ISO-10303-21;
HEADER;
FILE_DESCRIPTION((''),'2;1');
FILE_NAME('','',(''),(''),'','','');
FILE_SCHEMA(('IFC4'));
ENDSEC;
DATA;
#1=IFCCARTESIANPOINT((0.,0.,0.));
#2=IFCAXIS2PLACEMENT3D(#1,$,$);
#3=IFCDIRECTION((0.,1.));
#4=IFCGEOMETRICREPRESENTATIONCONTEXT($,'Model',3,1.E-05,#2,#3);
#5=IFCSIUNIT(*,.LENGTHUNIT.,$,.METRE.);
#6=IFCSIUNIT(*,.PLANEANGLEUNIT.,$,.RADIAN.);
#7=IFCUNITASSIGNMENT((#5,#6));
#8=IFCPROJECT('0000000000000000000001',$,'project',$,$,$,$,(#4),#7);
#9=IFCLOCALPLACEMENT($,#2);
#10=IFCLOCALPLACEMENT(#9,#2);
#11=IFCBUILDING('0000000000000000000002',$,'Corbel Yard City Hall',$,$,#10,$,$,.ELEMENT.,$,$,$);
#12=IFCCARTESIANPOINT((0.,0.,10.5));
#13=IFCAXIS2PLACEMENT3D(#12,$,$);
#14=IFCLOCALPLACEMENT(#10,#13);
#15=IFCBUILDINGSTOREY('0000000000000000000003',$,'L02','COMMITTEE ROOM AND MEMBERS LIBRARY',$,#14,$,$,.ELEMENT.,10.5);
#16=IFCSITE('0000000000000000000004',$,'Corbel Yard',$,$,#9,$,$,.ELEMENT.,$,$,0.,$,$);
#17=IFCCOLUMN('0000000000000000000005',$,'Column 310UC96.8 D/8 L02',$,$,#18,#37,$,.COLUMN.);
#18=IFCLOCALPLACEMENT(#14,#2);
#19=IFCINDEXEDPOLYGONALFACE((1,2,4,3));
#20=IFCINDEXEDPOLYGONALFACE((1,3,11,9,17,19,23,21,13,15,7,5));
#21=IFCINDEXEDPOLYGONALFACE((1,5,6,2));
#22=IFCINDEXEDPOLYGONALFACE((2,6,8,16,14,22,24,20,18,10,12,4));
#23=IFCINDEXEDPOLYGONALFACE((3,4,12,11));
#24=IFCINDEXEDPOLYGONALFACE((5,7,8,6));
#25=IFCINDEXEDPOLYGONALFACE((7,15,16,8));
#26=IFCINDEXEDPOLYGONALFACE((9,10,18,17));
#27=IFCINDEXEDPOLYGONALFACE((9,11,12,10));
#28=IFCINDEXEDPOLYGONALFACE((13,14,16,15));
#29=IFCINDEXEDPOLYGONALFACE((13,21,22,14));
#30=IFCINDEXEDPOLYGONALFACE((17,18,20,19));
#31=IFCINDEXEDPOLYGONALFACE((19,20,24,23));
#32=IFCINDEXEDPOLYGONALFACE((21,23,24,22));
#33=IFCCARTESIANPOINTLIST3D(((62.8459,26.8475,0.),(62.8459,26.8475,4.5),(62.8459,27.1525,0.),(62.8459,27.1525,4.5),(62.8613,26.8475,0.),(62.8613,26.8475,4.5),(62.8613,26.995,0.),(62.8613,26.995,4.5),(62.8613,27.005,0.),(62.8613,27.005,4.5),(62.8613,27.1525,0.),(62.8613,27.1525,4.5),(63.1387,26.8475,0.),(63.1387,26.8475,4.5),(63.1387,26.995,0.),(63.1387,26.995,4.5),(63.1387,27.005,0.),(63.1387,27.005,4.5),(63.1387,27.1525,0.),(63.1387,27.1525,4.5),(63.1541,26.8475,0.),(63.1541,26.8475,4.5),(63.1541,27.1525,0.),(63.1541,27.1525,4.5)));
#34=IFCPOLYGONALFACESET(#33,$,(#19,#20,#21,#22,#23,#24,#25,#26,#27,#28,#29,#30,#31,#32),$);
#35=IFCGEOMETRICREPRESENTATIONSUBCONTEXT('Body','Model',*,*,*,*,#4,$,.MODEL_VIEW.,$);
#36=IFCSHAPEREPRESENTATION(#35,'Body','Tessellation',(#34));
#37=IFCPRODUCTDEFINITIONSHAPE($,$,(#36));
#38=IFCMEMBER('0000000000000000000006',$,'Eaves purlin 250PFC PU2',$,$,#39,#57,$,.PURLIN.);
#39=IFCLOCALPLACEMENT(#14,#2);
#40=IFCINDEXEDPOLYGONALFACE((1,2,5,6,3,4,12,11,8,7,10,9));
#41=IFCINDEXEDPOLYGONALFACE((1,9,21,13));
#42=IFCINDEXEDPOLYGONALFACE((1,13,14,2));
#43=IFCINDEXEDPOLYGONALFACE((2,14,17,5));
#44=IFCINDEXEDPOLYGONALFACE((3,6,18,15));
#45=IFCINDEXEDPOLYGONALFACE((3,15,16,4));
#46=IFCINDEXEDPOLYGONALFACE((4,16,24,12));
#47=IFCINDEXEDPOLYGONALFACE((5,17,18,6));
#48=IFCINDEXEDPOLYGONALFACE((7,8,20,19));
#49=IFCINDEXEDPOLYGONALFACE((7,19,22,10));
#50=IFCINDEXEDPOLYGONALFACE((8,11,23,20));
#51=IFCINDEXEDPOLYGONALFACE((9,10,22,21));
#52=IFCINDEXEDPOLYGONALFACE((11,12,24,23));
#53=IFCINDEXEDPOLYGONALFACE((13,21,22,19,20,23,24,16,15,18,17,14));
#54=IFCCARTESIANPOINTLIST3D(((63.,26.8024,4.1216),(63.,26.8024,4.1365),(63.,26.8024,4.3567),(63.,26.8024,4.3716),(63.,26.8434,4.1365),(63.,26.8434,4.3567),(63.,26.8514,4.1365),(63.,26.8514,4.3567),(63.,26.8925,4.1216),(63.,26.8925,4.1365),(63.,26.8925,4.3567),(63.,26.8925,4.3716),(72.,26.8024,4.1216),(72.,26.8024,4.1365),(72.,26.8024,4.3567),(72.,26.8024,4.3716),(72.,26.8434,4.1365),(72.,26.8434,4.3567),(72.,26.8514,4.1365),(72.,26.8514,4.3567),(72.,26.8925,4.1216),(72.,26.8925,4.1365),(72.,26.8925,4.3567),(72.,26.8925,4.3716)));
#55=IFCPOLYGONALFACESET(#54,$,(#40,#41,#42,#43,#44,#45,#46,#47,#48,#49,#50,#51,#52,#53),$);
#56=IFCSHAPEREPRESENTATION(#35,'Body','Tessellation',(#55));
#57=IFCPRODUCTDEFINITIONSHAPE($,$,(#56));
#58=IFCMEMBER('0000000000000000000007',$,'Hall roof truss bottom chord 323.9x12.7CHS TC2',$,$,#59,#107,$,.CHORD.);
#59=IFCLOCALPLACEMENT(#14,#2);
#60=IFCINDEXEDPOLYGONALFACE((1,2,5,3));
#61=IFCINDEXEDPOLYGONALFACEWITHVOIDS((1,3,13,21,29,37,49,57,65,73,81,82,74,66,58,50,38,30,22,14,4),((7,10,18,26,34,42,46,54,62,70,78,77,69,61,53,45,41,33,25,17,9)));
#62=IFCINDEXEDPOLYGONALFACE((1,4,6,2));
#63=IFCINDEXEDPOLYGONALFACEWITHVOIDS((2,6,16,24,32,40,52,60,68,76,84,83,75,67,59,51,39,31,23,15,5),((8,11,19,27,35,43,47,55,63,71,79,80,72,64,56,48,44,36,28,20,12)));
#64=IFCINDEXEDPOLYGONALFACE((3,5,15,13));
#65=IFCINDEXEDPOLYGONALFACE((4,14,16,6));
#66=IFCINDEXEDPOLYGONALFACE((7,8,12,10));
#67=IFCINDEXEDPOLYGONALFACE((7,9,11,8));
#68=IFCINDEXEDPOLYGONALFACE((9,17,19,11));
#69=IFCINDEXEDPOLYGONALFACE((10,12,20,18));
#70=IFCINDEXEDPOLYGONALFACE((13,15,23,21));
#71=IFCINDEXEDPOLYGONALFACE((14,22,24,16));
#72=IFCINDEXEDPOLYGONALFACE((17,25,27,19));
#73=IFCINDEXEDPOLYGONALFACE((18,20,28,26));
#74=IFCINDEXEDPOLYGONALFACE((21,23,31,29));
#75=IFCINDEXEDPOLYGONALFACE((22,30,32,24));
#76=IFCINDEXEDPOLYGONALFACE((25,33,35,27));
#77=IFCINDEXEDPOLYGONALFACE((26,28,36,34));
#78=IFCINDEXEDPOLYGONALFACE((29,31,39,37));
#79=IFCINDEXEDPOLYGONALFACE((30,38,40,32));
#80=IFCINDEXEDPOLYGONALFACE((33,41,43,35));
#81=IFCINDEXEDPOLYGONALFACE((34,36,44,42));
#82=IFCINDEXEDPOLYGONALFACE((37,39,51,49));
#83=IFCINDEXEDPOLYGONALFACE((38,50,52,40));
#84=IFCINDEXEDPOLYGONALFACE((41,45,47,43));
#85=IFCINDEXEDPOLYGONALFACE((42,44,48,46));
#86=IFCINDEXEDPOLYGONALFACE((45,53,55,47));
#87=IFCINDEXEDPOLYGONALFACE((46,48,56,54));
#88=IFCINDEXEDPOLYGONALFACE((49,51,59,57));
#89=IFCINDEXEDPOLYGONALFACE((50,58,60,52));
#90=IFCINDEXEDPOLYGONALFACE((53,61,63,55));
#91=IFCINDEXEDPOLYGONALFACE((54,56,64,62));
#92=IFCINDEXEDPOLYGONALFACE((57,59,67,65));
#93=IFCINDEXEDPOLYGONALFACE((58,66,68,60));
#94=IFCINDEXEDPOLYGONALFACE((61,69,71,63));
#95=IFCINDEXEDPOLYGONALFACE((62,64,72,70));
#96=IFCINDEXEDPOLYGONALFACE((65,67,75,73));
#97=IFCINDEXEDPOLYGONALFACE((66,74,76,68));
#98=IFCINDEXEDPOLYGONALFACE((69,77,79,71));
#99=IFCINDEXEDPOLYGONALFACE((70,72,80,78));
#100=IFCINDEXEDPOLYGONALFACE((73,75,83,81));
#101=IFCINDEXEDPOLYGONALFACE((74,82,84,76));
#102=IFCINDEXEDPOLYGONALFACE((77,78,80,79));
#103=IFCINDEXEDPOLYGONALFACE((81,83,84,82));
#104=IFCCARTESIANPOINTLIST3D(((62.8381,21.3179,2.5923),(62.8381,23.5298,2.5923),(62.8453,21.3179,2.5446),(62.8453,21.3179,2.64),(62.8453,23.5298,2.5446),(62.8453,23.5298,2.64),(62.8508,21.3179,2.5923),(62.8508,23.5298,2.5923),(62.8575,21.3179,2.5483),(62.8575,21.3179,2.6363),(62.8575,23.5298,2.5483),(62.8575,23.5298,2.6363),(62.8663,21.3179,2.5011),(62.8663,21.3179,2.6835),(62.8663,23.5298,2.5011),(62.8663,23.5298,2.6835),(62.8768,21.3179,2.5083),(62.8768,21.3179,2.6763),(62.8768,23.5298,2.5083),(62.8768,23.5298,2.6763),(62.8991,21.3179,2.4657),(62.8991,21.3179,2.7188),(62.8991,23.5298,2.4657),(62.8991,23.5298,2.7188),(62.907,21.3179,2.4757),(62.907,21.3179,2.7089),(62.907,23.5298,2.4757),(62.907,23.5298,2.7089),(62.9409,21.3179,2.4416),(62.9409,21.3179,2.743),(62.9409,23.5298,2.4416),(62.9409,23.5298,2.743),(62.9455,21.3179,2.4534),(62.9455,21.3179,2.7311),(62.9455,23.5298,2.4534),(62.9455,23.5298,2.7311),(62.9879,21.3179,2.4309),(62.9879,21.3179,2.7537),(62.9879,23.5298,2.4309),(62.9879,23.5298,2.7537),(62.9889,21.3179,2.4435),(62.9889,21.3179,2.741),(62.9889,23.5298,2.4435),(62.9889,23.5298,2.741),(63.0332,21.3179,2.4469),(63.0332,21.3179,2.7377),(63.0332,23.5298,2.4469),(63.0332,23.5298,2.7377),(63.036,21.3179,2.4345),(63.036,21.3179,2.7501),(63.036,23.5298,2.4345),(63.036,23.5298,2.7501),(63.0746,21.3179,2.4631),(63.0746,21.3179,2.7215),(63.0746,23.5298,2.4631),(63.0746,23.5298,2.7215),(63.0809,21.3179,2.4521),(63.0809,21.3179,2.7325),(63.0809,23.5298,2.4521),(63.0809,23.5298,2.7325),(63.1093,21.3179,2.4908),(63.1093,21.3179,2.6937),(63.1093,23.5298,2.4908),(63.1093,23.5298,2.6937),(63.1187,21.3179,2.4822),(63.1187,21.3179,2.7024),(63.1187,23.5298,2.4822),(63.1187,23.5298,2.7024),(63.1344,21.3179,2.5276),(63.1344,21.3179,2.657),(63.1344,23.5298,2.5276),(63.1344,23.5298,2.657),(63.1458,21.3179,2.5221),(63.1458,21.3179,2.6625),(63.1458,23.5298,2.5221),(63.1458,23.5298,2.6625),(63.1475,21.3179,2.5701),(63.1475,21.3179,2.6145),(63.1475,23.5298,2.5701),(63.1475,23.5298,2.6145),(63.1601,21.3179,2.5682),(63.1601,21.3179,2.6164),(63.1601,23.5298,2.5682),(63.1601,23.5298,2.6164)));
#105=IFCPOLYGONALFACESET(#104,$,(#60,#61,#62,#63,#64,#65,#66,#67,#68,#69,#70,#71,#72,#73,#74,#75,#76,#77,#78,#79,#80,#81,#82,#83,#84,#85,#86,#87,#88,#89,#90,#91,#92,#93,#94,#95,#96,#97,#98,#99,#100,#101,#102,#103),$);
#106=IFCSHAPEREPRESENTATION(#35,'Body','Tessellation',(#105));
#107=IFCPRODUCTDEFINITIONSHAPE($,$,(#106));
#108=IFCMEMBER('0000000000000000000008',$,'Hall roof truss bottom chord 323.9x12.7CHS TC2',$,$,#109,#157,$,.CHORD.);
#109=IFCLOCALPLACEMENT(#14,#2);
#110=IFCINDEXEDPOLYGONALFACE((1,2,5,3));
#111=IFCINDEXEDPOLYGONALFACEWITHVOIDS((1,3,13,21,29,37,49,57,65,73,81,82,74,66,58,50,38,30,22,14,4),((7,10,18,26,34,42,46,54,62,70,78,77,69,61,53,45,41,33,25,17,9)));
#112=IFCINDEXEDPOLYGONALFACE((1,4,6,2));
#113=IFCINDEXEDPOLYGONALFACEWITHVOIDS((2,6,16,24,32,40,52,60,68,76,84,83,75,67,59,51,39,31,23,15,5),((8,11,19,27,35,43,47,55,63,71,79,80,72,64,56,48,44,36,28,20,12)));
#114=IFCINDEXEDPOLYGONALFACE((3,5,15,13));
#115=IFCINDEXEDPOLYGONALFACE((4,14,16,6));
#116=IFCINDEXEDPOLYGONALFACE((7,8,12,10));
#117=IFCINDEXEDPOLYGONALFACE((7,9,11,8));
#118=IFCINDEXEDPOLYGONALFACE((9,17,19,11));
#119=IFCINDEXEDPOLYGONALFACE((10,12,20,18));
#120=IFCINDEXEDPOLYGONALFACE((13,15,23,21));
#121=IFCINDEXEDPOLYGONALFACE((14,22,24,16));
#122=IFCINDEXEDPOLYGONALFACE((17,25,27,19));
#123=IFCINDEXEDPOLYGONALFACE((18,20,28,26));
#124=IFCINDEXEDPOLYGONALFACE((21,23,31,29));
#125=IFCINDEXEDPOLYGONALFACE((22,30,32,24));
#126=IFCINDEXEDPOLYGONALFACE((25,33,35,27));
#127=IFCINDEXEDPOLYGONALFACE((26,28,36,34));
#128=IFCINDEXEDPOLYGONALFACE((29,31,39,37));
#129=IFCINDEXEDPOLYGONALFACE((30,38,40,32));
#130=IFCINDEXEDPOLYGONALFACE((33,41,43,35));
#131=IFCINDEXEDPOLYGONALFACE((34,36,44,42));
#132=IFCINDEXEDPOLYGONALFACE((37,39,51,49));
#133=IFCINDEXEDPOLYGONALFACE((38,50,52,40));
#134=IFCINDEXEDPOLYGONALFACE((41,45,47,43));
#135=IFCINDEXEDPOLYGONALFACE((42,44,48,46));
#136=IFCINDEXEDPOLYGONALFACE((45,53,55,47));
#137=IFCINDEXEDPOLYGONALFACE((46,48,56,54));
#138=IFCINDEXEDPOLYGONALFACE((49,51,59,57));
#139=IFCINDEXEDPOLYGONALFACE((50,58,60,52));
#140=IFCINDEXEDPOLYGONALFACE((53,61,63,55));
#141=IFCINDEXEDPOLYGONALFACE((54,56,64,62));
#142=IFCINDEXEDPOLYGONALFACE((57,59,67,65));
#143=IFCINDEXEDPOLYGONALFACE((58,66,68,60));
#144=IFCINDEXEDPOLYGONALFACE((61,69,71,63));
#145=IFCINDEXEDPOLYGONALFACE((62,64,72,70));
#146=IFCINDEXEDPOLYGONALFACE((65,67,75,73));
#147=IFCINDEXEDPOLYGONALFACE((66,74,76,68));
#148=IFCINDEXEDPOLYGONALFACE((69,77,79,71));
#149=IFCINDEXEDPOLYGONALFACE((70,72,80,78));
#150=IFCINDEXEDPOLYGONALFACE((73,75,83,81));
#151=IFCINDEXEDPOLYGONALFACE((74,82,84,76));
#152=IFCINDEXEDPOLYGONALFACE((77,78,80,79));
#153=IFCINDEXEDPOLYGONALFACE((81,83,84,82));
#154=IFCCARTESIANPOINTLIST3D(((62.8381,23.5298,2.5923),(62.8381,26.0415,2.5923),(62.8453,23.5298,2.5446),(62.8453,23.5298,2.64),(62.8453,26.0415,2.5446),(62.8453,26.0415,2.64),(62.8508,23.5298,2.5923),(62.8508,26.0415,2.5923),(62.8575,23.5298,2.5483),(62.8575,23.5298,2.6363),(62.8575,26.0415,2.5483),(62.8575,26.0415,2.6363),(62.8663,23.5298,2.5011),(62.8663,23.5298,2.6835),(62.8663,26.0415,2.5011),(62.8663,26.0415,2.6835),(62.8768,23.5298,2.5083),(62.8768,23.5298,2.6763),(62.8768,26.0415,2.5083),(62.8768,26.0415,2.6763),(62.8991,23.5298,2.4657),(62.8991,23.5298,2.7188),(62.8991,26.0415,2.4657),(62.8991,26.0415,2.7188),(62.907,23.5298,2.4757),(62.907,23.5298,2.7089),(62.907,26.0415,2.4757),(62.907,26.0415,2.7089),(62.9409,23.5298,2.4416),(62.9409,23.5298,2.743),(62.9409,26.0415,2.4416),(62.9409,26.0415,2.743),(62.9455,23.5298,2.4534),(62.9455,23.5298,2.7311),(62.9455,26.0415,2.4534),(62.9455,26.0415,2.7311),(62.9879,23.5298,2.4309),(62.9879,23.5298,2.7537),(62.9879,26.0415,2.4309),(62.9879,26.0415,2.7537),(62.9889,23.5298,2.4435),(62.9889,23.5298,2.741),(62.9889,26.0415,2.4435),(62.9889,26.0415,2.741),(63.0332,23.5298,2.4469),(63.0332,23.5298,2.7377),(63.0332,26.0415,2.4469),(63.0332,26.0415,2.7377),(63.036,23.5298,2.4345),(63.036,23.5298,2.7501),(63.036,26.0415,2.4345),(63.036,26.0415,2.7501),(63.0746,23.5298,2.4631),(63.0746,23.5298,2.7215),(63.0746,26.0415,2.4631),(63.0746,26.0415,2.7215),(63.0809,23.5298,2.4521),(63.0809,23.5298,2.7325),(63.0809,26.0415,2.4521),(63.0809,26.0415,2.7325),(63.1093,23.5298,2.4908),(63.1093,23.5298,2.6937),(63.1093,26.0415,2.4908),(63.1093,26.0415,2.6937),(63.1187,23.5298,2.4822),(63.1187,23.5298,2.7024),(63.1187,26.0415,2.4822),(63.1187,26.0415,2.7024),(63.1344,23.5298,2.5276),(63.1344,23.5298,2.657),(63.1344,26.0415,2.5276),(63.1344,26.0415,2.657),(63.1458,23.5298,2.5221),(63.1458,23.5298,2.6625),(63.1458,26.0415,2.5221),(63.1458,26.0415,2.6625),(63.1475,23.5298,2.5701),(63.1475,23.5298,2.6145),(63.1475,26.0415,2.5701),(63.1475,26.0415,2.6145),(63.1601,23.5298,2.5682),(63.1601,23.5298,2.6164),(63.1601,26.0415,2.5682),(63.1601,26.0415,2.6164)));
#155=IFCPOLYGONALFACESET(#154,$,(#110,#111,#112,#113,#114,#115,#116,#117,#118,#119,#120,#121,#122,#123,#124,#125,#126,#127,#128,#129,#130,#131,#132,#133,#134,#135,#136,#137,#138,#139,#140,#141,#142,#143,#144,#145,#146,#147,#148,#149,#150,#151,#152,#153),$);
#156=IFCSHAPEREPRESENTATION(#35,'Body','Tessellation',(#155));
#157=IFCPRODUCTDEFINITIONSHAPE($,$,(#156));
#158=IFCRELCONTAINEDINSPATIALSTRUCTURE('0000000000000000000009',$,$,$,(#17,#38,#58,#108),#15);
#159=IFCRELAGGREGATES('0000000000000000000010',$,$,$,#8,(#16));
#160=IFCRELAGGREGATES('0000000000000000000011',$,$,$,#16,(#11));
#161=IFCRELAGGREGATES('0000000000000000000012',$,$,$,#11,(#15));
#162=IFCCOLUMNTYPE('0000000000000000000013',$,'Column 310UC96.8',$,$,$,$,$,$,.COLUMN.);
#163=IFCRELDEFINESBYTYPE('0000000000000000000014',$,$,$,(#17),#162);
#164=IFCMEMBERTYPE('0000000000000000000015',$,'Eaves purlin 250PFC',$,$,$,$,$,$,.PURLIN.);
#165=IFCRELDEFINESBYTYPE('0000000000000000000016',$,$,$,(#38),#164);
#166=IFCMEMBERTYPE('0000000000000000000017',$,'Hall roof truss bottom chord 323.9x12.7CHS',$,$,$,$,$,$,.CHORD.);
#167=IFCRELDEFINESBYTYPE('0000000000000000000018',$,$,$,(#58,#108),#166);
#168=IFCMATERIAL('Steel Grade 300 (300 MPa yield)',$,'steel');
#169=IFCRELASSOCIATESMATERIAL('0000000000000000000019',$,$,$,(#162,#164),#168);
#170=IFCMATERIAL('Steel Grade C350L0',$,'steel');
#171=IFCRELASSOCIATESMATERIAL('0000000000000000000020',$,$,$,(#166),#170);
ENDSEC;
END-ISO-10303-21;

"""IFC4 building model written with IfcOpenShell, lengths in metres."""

from ifc_helpers import new_model, si_unit, direction, frame, origin, origin_2d, place, context, subcontext, project, spatial, hollow_circle, i_section, extrude, material, material_profile, profile_set, type_object, element, save


model = new_model("IFC4")

# Units and contexts
model_context = context("Model", 3, precision=1e-05, world=origin(), true_north=direction((0.0, 1.0)))
body_context = subcontext(model_context, "Body", "Model", "MODEL_VIEW")
ifc_project = project(units=[si_unit("LENGTHUNIT", "METRE"), si_unit("PLANEANGLEUNIT", "RADIAN")], contexts=[model_context])

# Site, building, storey
site_placement = place(None, origin())
site = spatial("IfcSite", under=ifc_project, at=site_placement, Name="Corbel Yard", CompositionType="ELEMENT", RefElevation=0.0)
building_placement = place(site_placement, origin())
building = spatial("IfcBuilding", under=site, at=building_placement, Name="Corbel Yard City Hall", CompositionType="ELEMENT")
storey_placement = place(building_placement, frame((0.0, 0.0, 10.5)))
storey = spatial("IfcBuildingStorey", under=building, at=storey_placement, Name="L02", Description="COMMITTEE ROOM AND MEMBERS LIBRARY", CompositionType="ELEMENT", Elevation=10.5)

# Column
ifc_material_1 = material(Name="Steel Grade 300 (300 MPa yield)", Category="steel")
ifc_material_profile_1 = material_profile(ifc_material_1, i_section(OverallWidth=0.3049, OverallDepth=0.3081, WebThickness=0.01, FlangeThickness=0.0154, at=origin_2d()), Name="310UC96.8")
ifc_profile_set_1 = profile_set([ifc_material_profile_1], Name="Steel Grade 300 (300 MPa yield)")
column_type = type_object("IfcColumnType", Name="Column 310UC96.8", PredefinedType="COLUMN", material=ifc_profile_set_1)
column_placement = place(storey_placement, frame((63.0, 27.0, 0.0), z_axis=(0.0, 0.0, 1.0), x_axis=(0.0, 1.0, 0.0)))
element("IfcColumn", 1, at=column_placement, inside=storey, type_object=column_type, Name="Column 310UC96.8 D/8 L02", PredefinedType="COLUMN", context=body_context, shape_type="SweptSolid", body=[
    extrude(i_section(OverallWidth=0.3049, OverallDepth=0.3081, WebThickness=0.01, FlangeThickness=0.0154, at=origin_2d()), origin(), (0.0, 0.0, 1.0), 4.5),
])

# Members
ifc_material_profile_2 = material_profile(ifc_material_1, i_section(OverallWidth=0.0901, OverallDepth=0.25, WebThickness=0.0081, FlangeThickness=0.0149, at=origin_2d()), Name="250PFC")
ifc_profile_set_2 = profile_set([ifc_material_profile_2], Name="Steel Grade 300 (300 MPa yield)")
member_type_1 = type_object("IfcMemberType", Name="Eaves purlin 250PFC", PredefinedType="PURLIN", material=ifc_profile_set_2)
member_1_placement = place(storey_placement, frame((63.0, 26.8474, 4.2466), z_axis=(1.0, 0.0, 0.0), x_axis=(0.0, 1.0, 0.0)))
element("IfcMember", 2, at=member_1_placement, inside=storey, type_object=member_type_1, Name="Eaves purlin 250PFC PU2", PredefinedType="PURLIN", context=body_context, shape_type="SweptSolid", body=[
    extrude(i_section(OverallWidth=0.0901, OverallDepth=0.25, WebThickness=0.0081, FlangeThickness=0.0149, at=origin_2d()), origin(), (0.0, 0.0, 1.0), 9.0),
])
ifc_material_2 = material(Name="Steel Grade C350L0", Category="steel")
ifc_material_profile_3 = material_profile(ifc_material_2, hollow_circle(Radius=0.1619, WallThickness=0.0127, at=origin_2d()), Name="323.9x12.7CHS")
ifc_profile_set_3 = profile_set([ifc_material_profile_3], Name="Steel Grade C350L0")
member_type_2 = type_object("IfcMemberType", Name="Hall roof truss bottom chord 323.9x12.7CHS", PredefinedType="CHORD", material=ifc_profile_set_3)
member_2_placement = place(storey_placement, frame((63.0, 21.3179, 2.5923), z_axis=(0.0, 1.0, 0.0), x_axis=(-1.0, 0.0, 0.0)))
element("IfcMember", 3, at=member_2_placement, inside=storey, type_object=member_type_2, Name="Hall roof truss bottom chord 323.9x12.7CHS TC2", PredefinedType="CHORD", context=body_context, shape_type="SweptSolid", body=[
    extrude(hollow_circle(Radius=0.1619, WallThickness=0.0127, at=origin_2d()), origin(), (0.0, 0.0, 1.0), 2.2119),
])
member_3_placement = place(storey_placement, frame((63.0, 23.5298, 2.5923), z_axis=(0.0, 1.0, 0.0), x_axis=(-1.0, 0.0, 0.0)))
element("IfcMember", 4, at=member_3_placement, inside=storey, type_object=member_type_2, Name="Hall roof truss bottom chord 323.9x12.7CHS TC2", PredefinedType="CHORD", context=body_context, shape_type="SweptSolid", body=[
    extrude(hollow_circle(Radius=0.1619, WallThickness=0.0127, at=origin_2d()), origin(), (0.0, 0.0, 1.0), 2.5117),
])

save(model, "model.ifc")
